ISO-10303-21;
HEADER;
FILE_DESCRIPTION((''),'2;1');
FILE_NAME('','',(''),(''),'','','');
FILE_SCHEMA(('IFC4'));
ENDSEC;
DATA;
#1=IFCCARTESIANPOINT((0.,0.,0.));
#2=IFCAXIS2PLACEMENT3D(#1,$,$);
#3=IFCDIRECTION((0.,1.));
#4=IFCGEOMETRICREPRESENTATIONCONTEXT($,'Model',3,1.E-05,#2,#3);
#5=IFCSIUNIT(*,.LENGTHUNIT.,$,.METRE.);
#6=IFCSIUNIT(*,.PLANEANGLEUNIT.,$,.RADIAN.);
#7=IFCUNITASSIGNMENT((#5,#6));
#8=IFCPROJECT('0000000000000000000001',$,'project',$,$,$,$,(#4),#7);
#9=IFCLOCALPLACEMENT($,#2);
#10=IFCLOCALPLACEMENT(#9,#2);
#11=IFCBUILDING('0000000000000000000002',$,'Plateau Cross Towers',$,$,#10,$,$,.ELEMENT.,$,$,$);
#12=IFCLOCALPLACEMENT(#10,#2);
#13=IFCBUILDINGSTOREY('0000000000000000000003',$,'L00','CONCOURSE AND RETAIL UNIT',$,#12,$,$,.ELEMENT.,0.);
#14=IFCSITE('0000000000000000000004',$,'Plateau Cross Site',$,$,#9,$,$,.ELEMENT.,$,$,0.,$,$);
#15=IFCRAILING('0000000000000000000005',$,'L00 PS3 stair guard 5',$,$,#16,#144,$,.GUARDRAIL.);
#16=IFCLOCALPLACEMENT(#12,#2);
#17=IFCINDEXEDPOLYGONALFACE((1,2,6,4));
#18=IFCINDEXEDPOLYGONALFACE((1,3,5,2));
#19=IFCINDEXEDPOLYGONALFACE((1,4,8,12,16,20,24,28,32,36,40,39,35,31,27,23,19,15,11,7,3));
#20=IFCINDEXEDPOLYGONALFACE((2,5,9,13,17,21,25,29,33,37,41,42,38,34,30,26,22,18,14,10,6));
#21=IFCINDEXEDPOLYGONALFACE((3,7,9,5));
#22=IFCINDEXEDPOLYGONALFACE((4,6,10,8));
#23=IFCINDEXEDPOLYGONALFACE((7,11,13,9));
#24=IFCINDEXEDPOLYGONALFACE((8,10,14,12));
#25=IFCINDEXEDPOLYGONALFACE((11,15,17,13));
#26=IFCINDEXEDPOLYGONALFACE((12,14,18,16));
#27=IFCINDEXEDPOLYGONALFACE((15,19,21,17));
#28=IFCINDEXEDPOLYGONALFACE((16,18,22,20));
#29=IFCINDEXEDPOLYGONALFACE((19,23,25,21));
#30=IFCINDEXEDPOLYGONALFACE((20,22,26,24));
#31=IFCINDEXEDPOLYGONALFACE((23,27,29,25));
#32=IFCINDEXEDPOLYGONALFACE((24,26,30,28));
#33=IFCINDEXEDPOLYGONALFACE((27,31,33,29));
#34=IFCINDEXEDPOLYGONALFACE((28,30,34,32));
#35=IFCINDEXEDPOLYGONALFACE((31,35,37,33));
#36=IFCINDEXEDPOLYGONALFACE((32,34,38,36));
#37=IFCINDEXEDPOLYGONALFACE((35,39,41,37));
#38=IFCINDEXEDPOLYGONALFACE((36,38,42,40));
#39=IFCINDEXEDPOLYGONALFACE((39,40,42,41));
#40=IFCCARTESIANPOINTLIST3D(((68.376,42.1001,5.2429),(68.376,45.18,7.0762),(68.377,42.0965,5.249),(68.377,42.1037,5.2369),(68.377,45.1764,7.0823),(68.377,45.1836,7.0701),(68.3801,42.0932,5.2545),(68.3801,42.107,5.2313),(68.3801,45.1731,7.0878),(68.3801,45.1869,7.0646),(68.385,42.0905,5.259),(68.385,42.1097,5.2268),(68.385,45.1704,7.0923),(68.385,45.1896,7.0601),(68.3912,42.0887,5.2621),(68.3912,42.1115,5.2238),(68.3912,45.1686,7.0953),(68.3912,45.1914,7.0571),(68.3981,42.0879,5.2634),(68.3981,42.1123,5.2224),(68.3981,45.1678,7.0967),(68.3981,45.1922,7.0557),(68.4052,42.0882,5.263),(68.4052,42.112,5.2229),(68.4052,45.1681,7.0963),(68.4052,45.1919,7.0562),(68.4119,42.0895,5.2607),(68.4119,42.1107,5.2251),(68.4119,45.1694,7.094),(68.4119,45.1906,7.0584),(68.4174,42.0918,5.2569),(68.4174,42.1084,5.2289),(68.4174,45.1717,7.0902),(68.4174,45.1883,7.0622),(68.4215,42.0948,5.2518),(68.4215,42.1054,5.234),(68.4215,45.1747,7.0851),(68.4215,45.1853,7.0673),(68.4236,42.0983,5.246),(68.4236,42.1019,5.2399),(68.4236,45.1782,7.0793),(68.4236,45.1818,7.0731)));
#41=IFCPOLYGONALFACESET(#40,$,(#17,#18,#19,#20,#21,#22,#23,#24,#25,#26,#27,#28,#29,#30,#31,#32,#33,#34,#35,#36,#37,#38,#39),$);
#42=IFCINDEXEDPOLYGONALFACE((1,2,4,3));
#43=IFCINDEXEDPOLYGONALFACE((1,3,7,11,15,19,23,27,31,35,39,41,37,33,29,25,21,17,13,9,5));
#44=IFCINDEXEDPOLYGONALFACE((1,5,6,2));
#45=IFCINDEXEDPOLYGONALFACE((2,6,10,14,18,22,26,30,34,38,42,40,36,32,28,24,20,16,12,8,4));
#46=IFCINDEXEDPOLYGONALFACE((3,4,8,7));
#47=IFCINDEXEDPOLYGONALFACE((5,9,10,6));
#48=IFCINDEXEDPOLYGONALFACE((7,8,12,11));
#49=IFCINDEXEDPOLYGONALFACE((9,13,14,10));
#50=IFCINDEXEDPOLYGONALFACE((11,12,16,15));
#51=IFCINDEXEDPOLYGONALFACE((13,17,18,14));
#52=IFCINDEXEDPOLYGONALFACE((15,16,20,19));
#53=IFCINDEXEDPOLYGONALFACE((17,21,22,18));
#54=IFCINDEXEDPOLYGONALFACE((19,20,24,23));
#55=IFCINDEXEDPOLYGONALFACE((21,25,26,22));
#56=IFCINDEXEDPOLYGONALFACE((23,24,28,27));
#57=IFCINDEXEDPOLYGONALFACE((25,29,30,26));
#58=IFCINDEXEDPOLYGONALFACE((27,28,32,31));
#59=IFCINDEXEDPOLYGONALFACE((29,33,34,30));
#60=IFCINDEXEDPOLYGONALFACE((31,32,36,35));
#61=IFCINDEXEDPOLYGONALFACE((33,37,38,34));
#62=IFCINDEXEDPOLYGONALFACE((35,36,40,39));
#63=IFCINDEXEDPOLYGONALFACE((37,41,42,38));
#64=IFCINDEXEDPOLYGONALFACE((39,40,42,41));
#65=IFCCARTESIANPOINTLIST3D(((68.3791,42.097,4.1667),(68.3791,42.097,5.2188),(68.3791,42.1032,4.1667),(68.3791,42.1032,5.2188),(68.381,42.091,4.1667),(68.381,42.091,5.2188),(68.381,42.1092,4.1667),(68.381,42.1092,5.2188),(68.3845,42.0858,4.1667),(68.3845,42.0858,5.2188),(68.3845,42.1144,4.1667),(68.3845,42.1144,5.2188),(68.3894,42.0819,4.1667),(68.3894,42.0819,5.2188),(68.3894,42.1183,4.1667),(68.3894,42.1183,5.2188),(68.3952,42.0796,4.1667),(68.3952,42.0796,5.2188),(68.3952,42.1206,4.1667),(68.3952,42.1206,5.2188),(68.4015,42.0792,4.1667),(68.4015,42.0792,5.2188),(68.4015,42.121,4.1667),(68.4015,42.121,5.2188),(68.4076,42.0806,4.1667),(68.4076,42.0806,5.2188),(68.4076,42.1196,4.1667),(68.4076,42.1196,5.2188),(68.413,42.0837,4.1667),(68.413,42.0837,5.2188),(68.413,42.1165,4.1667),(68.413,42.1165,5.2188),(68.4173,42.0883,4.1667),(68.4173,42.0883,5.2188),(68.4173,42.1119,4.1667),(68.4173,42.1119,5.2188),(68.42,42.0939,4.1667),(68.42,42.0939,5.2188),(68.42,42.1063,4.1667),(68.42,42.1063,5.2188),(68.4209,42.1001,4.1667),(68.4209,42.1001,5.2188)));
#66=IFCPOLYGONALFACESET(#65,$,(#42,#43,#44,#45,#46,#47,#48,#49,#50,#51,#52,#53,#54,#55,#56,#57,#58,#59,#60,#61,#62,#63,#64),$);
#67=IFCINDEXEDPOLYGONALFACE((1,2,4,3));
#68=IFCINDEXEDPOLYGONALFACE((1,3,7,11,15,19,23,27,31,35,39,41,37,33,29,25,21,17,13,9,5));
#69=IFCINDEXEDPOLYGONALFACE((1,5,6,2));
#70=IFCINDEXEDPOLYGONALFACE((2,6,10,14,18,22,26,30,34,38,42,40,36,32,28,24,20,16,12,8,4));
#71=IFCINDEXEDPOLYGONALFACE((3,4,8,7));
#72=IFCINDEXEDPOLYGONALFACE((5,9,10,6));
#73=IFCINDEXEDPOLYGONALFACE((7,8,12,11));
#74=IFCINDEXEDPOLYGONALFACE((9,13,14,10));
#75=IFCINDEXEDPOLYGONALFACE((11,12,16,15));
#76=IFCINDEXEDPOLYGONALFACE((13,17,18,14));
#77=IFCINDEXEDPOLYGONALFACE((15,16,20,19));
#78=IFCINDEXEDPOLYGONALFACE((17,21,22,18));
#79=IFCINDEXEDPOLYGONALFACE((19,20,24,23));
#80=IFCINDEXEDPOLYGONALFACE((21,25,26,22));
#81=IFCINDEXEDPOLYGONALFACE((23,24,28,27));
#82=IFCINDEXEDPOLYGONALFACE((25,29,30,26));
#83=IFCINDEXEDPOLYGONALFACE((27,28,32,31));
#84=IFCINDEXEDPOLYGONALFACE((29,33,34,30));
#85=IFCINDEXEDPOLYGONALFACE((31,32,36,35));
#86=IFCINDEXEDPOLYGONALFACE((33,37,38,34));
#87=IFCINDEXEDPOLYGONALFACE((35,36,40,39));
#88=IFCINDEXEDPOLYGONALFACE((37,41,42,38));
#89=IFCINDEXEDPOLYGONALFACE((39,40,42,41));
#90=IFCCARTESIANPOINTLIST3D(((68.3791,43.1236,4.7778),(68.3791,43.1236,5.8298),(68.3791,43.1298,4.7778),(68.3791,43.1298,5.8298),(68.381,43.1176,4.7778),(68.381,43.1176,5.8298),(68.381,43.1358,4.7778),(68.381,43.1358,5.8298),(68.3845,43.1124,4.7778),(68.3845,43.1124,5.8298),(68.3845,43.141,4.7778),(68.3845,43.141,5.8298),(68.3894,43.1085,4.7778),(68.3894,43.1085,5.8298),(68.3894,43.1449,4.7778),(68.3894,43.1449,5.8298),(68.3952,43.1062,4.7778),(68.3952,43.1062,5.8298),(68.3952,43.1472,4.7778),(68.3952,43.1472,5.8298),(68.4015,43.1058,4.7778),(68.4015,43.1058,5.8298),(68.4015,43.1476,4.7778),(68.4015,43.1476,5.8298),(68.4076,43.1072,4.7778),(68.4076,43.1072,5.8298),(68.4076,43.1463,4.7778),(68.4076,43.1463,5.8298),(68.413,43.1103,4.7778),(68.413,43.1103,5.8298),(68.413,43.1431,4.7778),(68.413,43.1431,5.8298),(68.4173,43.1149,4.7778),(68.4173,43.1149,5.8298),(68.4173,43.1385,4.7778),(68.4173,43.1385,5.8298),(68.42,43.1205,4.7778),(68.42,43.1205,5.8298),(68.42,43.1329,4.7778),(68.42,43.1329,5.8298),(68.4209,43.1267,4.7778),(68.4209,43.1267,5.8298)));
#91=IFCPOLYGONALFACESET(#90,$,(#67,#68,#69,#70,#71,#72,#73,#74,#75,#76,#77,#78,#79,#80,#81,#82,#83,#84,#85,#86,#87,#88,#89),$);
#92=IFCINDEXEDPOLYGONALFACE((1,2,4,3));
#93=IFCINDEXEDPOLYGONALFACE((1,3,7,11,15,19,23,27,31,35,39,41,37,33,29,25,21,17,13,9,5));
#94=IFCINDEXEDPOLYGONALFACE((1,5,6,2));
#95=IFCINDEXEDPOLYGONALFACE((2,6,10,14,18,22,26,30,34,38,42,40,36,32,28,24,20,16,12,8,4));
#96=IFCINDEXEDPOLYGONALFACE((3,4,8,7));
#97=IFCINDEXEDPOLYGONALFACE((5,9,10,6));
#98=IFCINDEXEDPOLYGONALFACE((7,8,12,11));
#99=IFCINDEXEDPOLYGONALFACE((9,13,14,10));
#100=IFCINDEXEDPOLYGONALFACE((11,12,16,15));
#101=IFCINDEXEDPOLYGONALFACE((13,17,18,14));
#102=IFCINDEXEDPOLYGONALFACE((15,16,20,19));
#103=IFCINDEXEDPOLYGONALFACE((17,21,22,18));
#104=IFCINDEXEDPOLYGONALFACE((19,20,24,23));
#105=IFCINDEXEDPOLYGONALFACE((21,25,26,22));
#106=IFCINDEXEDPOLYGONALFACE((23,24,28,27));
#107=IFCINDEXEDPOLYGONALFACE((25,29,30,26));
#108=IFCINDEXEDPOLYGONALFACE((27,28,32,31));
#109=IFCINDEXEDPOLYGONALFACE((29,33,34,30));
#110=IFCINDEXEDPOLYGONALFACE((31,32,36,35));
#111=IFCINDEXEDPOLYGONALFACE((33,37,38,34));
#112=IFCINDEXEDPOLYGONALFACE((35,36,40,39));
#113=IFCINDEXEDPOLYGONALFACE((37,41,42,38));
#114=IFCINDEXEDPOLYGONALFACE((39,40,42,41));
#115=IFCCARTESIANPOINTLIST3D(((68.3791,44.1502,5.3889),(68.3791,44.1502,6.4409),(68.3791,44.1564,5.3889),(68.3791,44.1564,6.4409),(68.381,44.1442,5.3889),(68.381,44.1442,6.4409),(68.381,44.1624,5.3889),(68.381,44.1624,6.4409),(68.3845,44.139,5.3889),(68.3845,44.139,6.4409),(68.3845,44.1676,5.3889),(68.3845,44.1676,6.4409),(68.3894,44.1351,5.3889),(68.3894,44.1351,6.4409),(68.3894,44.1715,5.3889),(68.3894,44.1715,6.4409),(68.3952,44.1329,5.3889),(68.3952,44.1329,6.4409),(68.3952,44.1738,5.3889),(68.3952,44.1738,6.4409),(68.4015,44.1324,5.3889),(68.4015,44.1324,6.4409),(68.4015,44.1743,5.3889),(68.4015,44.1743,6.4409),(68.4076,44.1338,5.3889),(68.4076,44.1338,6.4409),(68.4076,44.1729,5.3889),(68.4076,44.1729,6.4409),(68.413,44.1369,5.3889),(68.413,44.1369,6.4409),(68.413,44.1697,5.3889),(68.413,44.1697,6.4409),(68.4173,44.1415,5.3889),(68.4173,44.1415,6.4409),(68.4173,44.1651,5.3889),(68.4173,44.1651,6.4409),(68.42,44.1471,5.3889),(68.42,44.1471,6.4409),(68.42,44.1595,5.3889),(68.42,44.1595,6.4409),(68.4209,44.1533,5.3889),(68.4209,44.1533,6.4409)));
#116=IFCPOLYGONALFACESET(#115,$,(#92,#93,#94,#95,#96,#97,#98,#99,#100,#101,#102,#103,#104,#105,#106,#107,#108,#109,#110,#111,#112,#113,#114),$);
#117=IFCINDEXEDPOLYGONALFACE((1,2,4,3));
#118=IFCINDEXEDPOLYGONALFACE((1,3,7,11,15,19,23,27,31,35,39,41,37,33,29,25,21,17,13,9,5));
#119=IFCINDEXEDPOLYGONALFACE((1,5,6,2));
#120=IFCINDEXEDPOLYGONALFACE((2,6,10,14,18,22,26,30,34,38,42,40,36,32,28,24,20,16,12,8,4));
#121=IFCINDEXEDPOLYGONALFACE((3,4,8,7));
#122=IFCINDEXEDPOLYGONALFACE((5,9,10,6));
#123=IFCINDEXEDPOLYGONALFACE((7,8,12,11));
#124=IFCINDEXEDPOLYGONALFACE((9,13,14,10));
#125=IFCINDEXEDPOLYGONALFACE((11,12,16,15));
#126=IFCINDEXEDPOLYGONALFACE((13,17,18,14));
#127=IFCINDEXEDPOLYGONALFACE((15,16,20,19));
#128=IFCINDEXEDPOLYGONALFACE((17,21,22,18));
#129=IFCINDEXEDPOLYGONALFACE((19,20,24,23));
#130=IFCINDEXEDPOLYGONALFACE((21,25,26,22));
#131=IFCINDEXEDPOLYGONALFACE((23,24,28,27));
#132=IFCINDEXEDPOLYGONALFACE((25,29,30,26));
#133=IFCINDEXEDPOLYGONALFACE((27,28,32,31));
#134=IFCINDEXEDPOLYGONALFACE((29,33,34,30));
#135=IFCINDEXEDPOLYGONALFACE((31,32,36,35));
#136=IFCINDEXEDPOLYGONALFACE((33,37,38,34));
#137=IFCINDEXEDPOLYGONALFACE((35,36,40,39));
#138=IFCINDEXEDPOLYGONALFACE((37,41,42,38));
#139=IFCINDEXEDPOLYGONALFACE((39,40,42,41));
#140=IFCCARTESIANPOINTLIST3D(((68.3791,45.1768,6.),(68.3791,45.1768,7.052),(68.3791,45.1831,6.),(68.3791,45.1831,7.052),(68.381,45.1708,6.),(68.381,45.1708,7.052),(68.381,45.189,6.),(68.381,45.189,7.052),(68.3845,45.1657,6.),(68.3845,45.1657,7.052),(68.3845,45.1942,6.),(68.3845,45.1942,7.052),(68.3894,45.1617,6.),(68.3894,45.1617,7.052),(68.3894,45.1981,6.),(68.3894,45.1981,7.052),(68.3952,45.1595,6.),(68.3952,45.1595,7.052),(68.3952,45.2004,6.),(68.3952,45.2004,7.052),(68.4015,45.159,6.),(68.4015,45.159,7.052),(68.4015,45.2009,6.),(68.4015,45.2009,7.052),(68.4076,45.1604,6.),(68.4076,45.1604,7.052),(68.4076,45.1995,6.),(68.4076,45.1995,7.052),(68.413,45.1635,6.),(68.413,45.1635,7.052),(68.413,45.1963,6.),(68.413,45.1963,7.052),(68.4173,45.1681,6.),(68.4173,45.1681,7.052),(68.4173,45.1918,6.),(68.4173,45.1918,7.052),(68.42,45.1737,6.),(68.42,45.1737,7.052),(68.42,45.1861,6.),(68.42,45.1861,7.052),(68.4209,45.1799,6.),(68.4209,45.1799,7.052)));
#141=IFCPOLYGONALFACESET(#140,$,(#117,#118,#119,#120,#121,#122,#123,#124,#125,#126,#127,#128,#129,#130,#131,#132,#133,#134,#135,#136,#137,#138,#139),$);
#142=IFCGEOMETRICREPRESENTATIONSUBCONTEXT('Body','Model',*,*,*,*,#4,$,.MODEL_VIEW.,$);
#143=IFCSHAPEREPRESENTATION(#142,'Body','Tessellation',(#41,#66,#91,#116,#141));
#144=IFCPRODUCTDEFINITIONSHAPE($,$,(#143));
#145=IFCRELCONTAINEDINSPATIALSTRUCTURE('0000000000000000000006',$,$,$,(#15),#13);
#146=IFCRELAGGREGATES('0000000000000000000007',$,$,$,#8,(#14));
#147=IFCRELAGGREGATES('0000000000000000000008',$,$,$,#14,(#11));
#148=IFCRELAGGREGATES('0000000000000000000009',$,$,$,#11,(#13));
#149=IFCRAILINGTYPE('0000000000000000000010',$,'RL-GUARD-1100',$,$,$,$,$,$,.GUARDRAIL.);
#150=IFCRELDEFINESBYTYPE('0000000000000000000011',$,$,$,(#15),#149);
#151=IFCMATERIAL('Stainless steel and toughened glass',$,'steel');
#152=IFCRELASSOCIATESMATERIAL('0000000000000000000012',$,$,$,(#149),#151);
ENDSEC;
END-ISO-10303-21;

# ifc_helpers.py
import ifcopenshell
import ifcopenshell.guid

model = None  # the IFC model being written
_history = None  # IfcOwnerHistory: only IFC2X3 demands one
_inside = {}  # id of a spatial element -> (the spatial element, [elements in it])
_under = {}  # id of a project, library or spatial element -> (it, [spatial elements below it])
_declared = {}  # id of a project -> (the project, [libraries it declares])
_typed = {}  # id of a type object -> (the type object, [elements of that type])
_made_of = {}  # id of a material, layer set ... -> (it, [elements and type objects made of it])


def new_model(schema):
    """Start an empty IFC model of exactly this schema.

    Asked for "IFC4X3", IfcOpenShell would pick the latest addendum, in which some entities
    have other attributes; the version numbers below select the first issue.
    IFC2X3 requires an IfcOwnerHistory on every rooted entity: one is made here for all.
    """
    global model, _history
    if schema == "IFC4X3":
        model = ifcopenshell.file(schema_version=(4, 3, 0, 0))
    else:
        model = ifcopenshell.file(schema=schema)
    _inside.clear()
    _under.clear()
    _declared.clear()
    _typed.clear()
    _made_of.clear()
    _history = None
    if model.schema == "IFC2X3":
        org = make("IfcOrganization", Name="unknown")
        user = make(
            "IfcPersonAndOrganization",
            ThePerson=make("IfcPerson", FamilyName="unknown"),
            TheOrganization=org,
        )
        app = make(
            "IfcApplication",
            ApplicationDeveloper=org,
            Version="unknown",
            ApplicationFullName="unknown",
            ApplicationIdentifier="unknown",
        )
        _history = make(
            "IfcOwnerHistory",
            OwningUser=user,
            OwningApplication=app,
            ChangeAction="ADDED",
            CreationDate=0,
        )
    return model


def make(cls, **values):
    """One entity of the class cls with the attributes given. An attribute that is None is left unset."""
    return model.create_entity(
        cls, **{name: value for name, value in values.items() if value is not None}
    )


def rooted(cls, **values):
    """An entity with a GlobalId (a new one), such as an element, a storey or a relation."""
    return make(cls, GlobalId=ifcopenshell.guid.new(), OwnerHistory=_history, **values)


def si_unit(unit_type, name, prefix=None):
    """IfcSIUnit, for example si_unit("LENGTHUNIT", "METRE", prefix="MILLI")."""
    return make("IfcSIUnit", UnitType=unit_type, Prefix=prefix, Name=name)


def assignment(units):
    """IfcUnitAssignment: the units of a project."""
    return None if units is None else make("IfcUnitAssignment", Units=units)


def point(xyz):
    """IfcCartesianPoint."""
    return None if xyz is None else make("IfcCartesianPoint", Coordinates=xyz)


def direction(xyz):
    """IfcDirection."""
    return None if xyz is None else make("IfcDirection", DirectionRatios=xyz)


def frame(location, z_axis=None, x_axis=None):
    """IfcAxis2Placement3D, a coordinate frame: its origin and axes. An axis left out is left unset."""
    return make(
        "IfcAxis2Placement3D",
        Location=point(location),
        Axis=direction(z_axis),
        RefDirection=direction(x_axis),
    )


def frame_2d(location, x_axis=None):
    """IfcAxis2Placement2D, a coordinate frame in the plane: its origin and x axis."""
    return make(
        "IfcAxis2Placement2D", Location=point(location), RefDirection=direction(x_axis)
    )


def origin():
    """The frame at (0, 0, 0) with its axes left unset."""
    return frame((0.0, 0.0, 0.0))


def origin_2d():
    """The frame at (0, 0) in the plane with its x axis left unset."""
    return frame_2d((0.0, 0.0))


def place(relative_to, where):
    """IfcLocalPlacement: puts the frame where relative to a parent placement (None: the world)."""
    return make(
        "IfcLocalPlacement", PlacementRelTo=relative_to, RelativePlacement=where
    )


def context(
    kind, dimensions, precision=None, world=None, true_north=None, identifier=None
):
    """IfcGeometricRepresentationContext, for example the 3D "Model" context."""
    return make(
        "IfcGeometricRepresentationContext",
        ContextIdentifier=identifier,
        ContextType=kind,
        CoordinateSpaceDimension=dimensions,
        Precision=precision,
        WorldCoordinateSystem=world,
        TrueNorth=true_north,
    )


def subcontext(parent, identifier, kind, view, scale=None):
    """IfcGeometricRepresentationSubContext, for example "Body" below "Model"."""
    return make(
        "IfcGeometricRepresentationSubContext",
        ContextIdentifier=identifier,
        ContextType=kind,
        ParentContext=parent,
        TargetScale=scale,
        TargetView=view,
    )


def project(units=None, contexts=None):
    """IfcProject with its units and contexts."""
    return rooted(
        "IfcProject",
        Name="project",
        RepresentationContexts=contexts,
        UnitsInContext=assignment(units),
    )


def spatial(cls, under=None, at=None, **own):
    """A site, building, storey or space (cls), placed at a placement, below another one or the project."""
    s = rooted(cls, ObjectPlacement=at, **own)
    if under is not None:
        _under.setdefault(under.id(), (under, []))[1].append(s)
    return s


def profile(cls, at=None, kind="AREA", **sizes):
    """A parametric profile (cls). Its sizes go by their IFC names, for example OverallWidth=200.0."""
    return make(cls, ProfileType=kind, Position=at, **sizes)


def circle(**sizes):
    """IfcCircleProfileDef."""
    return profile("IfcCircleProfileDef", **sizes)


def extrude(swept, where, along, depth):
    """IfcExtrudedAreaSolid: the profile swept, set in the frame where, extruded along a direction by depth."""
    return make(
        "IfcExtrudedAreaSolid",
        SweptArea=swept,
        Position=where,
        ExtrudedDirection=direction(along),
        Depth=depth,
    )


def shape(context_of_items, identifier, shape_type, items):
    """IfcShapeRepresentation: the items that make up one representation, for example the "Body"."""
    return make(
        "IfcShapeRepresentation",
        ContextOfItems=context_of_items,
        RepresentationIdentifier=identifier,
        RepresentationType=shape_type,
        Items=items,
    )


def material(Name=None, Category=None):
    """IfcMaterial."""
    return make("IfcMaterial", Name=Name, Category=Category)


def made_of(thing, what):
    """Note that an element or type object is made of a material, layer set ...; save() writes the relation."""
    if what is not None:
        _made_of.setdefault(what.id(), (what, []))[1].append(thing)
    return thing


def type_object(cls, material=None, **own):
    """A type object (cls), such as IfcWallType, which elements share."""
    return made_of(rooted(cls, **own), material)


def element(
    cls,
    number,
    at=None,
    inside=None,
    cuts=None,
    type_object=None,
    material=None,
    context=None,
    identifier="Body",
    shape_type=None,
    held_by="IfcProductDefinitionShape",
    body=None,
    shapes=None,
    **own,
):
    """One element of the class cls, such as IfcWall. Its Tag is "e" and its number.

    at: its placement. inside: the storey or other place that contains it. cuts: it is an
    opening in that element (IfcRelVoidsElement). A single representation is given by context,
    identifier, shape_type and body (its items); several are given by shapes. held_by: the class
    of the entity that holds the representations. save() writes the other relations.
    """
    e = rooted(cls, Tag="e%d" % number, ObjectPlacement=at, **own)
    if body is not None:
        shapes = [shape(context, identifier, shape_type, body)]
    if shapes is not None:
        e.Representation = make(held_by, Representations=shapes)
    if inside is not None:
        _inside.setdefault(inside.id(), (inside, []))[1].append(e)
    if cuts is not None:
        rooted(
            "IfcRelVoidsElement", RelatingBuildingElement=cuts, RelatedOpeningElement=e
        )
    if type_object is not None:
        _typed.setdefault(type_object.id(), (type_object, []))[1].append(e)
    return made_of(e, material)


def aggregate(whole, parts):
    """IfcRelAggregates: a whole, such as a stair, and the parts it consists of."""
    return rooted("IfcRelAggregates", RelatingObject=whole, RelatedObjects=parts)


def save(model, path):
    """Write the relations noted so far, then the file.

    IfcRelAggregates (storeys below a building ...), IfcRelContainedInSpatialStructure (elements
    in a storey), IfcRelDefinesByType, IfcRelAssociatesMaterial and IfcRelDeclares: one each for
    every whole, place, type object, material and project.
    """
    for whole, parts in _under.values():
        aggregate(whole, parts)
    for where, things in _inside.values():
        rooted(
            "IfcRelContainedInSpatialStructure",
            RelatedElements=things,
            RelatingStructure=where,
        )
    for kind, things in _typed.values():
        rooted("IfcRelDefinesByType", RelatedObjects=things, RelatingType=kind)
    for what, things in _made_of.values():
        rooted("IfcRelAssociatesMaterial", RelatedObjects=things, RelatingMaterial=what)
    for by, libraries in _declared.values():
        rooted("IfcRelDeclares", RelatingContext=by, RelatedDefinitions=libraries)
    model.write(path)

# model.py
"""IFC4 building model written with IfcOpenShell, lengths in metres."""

from ifc_helpers import new_model, si_unit, direction, frame, origin, origin_2d, place, context, subcontext, project, spatial, circle, extrude, material, type_object, element, save


model = new_model("IFC4")

# Units and contexts
model_context = context("Model", 3, precision=1e-05, world=origin(), true_north=direction((0.0, 1.0)))
body_context = subcontext(model_context, "Body", "Model", "MODEL_VIEW")
ifc_project = project(units=[si_unit("LENGTHUNIT", "METRE"), si_unit("PLANEANGLEUNIT", "RADIAN")], contexts=[model_context])

# Site, building, storey
site_placement = place(None, origin())
site = spatial("IfcSite", under=ifc_project, at=site_placement, Name="Plateau Cross Site", CompositionType="ELEMENT", RefElevation=0.0)
building_placement = place(site_placement, origin())
building = spatial("IfcBuilding", under=site, at=building_placement, Name="Plateau Cross Towers", CompositionType="ELEMENT")
storey_placement = place(building_placement, origin())
storey = spatial("IfcBuildingStorey", under=building, at=storey_placement, Name="L00", Description="CONCOURSE AND RETAIL UNIT", CompositionType="ELEMENT", Elevation=0.0)

# Railing
ifc_material_1 = material(Name="Stainless steel and toughened glass", Category="steel")
railing_type_1 = type_object("IfcRailingType", Name="RL-GUARD-1100", PredefinedType="GUARDRAIL", material=ifc_material_1)
railing_1_placement = place(storey_placement, frame((68.3999, 42.1001, 4.1667)))
element("IfcRailing", 1, at=railing_1_placement, inside=storey, type_object=railing_type_1, Name="L00 PS3 stair guard 5", PredefinedType="GUARDRAIL", context=body_context, shape_type="SweptSolid", body=[
    extrude(circle(Radius=0.0239, at=origin_2d()), frame((0.0, 0.0, 1.0762), z_axis=(0.0, 0.859291, 0.511487), x_axis=(-1.0, 0.0, 0.0)), (0.0, 0.0, 1.0), 3.5842),
    extrude(circle(Radius=0.021, at=origin_2d()), origin(), (0.0, 0.0, 1.0), 1.052),
    extrude(circle(Radius=0.021, at=origin_2d()), frame((0.0, 1.0266, 0.6111)), (0.0, 0.0, 1.0), 1.052),
    extrude(circle(Radius=0.021, at=origin_2d()), frame((0.0, 2.0532, 1.2222)), (0.0, 0.0, 1.0), 1.052),
    extrude(circle(Radius=0.021, at=origin_2d()), frame((0.0, 3.0798, 1.8333)), (0.0, 0.0, 1.0), 1.052),
])

save(model, "model.ifc")
